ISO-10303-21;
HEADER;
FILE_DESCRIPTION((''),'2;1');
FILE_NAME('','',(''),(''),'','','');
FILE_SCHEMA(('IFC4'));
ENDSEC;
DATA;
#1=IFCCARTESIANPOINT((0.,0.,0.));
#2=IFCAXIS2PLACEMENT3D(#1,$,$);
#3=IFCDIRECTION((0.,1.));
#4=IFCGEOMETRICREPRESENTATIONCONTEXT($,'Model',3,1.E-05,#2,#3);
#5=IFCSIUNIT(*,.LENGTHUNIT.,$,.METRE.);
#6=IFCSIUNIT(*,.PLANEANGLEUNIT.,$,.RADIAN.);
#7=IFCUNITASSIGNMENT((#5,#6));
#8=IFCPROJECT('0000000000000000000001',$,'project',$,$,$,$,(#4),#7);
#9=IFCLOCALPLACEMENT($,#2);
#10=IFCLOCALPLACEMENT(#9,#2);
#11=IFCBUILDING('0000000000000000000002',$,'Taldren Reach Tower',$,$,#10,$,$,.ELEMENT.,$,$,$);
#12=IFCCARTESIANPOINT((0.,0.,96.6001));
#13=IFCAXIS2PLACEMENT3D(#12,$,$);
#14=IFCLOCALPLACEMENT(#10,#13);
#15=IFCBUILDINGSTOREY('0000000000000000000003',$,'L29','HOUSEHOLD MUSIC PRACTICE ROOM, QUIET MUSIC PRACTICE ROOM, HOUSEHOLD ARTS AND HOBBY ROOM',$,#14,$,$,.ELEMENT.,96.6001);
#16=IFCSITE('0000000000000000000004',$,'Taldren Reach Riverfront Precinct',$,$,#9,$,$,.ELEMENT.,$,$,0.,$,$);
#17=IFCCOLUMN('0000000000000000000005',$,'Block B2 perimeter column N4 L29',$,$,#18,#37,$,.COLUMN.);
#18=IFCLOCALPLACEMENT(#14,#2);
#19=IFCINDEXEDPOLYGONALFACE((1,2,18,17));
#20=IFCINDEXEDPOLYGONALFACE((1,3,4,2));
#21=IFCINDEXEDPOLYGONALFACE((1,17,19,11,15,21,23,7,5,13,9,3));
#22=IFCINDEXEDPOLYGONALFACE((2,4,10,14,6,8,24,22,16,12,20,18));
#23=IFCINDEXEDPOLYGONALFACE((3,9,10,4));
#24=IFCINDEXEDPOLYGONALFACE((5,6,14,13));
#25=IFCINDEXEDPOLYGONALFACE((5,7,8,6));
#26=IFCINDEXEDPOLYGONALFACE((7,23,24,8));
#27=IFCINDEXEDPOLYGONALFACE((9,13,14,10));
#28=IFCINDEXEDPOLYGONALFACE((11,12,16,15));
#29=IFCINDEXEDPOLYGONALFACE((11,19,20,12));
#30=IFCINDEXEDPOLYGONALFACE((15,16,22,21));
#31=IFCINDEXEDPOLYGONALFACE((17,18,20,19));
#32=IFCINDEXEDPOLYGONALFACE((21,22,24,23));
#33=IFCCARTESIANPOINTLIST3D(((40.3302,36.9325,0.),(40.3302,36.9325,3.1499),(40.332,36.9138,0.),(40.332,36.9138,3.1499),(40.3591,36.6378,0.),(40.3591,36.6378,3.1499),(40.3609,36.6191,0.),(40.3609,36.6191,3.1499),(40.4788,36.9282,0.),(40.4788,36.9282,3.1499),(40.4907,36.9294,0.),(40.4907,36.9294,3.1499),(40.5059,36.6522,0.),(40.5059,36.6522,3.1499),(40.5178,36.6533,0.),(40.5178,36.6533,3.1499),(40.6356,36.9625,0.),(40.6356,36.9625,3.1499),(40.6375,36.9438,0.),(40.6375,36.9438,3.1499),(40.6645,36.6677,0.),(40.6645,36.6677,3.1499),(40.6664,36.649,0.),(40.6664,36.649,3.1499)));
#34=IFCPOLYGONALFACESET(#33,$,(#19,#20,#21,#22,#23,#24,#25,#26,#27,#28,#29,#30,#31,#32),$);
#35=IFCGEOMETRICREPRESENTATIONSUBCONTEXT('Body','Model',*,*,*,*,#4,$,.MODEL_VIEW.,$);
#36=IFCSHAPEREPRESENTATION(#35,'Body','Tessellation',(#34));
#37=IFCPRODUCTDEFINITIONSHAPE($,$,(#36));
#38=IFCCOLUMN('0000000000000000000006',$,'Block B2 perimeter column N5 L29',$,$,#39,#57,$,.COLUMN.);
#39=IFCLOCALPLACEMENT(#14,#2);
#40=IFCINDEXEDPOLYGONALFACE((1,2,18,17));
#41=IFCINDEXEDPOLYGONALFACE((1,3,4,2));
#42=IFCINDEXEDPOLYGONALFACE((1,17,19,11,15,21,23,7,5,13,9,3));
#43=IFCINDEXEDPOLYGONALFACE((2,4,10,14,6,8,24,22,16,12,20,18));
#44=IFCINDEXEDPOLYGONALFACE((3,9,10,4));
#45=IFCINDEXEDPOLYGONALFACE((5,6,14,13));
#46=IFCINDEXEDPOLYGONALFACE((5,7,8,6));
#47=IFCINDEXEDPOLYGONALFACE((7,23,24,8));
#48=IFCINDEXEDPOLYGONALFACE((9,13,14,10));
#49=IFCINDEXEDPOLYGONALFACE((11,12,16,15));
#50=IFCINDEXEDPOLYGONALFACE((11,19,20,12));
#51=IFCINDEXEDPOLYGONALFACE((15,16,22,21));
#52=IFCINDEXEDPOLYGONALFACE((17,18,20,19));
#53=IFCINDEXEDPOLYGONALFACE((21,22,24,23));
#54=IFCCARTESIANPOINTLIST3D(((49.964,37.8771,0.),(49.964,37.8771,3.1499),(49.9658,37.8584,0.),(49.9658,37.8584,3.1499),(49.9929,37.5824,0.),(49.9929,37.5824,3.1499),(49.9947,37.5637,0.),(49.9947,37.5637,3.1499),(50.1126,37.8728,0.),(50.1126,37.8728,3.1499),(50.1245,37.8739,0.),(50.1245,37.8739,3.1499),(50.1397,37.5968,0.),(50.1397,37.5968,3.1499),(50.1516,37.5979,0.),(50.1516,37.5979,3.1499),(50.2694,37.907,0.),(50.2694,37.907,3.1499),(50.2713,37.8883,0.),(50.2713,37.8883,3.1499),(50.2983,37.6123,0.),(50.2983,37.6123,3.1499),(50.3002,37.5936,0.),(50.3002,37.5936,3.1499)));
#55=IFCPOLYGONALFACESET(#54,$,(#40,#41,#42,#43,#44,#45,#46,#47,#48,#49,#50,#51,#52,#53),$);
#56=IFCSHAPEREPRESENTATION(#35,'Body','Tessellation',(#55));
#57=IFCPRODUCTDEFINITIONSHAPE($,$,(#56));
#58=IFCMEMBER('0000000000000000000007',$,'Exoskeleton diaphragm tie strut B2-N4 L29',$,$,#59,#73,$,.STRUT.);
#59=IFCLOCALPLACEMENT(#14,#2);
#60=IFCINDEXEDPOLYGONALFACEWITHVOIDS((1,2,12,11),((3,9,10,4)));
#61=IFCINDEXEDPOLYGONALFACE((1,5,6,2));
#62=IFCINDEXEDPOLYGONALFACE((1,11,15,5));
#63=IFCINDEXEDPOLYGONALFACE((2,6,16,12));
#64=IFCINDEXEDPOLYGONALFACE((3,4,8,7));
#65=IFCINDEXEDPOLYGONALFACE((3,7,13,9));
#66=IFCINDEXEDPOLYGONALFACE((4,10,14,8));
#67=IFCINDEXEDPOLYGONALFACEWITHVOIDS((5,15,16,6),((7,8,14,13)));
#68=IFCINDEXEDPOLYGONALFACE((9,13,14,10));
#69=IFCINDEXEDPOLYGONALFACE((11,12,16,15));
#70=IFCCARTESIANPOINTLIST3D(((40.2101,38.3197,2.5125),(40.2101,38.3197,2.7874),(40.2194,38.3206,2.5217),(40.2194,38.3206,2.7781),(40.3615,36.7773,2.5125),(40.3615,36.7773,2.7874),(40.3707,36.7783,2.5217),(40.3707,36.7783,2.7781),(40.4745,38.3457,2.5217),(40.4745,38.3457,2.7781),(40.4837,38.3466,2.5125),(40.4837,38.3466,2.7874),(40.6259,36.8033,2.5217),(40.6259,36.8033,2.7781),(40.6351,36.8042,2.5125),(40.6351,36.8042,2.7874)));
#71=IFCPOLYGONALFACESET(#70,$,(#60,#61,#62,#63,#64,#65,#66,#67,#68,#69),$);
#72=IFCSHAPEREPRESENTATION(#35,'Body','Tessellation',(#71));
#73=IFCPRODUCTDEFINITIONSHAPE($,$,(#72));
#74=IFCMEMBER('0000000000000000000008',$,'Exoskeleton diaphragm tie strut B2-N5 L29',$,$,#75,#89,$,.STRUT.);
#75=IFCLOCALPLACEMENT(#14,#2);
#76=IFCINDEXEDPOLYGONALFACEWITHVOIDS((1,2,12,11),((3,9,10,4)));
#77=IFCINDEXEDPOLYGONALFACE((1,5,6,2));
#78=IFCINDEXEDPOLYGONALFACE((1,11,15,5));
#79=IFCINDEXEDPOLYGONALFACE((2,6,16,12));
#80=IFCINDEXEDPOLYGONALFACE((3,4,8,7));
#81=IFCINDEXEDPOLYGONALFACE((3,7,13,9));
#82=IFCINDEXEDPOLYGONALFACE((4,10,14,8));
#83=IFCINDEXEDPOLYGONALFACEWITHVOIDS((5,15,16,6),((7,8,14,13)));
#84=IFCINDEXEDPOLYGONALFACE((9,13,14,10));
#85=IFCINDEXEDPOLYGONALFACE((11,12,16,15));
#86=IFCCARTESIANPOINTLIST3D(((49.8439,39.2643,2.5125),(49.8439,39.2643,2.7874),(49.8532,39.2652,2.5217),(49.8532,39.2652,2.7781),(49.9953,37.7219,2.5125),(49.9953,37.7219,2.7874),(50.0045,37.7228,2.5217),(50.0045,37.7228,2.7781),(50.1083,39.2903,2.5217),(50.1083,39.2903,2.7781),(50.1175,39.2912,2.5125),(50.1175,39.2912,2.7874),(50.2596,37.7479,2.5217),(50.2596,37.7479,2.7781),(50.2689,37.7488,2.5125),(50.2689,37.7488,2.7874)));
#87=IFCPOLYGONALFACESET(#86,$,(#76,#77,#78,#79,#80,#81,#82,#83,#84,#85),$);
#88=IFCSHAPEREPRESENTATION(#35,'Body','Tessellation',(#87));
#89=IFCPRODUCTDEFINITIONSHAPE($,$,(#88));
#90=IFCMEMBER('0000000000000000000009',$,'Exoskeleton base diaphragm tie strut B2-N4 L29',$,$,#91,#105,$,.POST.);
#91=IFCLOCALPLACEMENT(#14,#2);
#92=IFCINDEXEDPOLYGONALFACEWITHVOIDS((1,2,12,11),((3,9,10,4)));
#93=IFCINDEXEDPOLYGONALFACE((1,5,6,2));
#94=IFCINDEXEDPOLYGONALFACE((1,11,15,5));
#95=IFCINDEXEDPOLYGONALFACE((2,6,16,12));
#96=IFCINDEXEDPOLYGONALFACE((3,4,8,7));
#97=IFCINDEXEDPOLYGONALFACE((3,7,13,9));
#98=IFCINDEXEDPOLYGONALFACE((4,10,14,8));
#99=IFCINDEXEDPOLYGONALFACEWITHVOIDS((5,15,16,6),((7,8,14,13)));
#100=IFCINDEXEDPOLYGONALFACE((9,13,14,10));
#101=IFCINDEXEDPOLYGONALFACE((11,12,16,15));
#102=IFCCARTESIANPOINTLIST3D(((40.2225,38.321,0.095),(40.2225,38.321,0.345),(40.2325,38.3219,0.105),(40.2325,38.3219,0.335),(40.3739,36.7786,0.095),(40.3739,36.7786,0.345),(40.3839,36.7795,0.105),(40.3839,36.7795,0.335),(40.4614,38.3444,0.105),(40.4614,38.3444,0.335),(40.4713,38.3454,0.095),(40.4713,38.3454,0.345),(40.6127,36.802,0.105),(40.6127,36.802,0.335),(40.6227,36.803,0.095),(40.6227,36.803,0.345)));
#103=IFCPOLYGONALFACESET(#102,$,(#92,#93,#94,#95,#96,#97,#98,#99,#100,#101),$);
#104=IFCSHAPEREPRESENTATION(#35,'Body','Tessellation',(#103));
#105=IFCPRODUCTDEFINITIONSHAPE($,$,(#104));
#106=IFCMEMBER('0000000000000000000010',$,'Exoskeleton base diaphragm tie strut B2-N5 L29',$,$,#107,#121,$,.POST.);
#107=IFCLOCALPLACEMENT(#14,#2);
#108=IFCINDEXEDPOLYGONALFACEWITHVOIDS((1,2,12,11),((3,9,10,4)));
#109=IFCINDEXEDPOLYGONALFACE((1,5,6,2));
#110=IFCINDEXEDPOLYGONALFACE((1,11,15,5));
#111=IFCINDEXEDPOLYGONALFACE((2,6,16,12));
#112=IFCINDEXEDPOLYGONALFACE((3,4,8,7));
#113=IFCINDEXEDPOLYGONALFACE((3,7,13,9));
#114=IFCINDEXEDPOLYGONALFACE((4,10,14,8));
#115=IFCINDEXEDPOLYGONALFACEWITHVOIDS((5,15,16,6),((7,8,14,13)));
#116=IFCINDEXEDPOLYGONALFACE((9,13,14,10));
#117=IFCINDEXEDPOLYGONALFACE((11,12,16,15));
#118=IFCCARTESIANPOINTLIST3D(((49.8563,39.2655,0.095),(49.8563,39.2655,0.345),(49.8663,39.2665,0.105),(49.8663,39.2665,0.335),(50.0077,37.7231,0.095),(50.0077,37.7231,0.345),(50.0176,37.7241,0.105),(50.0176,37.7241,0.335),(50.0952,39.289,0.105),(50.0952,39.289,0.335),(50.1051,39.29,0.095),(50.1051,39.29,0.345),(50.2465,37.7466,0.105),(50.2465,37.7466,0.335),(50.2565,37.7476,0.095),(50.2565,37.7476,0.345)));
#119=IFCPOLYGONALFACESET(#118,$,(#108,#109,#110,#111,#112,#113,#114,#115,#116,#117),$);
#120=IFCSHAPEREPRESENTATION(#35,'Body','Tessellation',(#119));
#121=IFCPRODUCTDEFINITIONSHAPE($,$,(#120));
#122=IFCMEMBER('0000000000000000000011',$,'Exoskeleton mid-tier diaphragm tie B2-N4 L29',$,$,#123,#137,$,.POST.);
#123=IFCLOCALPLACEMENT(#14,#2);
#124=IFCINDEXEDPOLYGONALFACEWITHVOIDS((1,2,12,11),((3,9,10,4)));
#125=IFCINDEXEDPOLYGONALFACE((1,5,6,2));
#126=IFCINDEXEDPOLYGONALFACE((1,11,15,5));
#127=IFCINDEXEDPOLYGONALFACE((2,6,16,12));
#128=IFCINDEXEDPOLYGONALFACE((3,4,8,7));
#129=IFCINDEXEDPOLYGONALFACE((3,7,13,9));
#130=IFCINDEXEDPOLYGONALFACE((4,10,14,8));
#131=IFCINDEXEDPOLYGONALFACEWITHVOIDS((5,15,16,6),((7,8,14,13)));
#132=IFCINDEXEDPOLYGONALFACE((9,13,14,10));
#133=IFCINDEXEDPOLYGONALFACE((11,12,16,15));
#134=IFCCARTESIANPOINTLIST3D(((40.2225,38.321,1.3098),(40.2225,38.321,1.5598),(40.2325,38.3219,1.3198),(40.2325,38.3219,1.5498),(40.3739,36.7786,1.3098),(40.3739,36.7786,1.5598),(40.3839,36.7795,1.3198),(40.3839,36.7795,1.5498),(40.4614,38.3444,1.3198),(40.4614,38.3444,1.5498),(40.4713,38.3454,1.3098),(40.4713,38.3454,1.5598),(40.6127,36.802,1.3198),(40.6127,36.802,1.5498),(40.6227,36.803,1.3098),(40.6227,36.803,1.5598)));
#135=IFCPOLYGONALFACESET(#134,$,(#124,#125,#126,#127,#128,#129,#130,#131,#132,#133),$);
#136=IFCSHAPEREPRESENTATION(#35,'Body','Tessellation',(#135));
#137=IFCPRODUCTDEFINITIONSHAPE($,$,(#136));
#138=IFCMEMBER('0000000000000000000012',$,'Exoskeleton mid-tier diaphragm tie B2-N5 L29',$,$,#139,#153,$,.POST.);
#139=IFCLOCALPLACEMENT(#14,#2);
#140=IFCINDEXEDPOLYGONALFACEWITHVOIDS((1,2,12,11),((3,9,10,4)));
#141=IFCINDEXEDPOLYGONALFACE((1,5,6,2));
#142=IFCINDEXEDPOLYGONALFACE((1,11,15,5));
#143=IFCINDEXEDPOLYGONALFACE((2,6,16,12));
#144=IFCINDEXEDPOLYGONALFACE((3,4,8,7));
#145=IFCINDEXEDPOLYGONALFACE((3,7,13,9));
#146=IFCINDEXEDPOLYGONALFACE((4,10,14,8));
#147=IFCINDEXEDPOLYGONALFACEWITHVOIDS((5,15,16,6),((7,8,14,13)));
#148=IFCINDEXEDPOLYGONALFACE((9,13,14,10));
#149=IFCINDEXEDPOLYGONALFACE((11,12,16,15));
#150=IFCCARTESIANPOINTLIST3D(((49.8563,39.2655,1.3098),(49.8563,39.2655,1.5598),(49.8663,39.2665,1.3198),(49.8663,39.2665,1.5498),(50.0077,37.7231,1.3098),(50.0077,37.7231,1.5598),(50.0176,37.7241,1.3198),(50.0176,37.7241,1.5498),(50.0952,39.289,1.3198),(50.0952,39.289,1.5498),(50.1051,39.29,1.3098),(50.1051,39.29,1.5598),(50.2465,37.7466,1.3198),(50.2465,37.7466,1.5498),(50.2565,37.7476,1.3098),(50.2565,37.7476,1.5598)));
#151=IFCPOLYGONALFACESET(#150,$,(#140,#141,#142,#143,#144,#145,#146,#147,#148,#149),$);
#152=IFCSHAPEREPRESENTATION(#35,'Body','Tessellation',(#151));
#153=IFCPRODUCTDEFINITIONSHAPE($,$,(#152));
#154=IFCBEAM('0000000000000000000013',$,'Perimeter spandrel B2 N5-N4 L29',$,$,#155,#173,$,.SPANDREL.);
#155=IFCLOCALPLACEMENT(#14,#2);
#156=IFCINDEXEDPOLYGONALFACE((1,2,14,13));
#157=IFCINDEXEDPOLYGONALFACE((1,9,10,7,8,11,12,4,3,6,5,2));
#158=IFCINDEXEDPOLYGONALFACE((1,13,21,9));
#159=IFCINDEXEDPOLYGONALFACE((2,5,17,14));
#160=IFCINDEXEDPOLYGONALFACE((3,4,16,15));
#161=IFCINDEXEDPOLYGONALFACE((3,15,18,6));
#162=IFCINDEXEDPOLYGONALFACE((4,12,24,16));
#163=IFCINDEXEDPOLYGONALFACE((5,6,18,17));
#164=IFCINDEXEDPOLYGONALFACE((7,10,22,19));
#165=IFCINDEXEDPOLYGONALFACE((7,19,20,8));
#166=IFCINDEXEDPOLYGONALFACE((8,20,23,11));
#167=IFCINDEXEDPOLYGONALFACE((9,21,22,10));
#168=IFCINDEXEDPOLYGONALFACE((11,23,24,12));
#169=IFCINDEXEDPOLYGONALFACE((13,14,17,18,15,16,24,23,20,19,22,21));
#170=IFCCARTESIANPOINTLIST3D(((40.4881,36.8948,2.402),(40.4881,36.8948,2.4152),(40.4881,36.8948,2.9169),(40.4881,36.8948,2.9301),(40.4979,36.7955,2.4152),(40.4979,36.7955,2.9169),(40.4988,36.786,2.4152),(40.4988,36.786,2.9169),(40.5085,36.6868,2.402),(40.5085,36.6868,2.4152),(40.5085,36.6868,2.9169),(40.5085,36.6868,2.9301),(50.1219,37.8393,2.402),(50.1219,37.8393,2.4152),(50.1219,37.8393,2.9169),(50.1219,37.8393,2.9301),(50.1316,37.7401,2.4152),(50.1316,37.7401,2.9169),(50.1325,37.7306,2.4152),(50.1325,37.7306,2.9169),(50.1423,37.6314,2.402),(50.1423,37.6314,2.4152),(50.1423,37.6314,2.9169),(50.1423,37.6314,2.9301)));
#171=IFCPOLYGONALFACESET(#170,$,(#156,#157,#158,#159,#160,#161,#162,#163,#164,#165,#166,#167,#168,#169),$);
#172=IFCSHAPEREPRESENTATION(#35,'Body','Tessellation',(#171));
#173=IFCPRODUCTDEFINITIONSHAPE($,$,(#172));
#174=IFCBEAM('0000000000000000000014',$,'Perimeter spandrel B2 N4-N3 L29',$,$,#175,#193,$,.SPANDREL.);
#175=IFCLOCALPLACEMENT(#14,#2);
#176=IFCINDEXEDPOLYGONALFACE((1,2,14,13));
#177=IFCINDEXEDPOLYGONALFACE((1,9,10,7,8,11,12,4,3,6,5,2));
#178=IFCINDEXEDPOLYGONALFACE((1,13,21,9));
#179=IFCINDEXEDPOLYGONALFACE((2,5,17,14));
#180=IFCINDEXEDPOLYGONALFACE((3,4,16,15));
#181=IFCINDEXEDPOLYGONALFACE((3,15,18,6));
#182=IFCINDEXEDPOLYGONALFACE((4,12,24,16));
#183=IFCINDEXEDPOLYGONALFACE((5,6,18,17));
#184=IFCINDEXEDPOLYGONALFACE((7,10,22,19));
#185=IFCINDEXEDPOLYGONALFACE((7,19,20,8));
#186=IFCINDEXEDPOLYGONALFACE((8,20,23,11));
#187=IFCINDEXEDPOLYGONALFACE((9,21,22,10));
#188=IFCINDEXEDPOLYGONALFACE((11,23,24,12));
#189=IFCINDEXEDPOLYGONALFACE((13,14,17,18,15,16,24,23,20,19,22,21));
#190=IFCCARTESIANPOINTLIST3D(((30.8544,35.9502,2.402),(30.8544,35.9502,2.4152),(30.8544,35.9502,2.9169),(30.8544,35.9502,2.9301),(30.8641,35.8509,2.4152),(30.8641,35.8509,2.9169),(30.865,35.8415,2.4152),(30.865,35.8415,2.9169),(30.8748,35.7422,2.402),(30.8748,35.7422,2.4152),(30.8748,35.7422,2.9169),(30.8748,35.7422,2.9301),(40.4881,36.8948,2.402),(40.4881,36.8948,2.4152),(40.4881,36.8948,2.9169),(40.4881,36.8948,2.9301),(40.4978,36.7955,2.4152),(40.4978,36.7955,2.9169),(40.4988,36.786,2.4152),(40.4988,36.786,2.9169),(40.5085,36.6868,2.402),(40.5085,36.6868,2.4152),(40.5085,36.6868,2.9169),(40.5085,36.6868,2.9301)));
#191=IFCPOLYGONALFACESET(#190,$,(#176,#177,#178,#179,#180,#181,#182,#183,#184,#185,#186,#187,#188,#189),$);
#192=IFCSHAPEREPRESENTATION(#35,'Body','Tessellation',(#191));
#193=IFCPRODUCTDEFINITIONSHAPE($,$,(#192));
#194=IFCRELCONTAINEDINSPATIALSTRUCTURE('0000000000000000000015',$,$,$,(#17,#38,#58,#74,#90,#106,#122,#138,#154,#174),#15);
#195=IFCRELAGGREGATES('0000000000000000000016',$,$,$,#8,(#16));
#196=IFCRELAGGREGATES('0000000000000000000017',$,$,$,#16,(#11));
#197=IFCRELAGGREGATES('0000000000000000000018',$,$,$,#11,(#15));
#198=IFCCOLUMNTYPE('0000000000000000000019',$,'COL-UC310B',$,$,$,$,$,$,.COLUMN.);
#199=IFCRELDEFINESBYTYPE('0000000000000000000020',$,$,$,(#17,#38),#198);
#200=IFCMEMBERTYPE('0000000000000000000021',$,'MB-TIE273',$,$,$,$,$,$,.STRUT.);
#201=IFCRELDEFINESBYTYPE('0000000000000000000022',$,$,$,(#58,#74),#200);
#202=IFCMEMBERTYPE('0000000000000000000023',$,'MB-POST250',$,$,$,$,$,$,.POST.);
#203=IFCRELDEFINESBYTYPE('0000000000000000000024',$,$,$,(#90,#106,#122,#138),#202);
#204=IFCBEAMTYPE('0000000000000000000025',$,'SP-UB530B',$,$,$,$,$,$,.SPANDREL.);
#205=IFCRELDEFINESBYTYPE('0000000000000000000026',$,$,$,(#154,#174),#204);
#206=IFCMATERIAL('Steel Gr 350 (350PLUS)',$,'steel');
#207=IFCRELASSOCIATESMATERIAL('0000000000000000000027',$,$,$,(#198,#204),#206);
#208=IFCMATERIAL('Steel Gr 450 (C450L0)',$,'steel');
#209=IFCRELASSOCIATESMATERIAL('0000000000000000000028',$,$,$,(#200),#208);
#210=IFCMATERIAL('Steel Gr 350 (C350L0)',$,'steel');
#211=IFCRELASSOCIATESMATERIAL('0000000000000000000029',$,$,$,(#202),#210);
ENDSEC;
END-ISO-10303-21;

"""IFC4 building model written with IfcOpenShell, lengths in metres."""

from ifc_helpers import new_model, si_unit, direction, frame, origin, origin_2d, place, context, subcontext, project, spatial, hollow_rectangle, i_section, extrude, source, transform, mapped, material, material_profile, profile_set, type_object, element, save


model = new_model("IFC4")

# Units and contexts
model_context = context("Model", 3, precision=1e-05, world=origin(), true_north=direction((0.0, 1.0)))
body_context = subcontext(model_context, "Body", "Model", "MODEL_VIEW")
ifc_project = project(units=[si_unit("LENGTHUNIT", "METRE"), si_unit("PLANEANGLEUNIT", "RADIAN")], contexts=[model_context])

# Site, building, storey
site_placement = place(None, origin())
site = spatial("IfcSite", under=ifc_project, at=site_placement, Name="Taldren Reach Riverfront Precinct", CompositionType="ELEMENT", RefElevation=0.0)
building_placement = place(site_placement, origin())
building = spatial("IfcBuilding", under=site, at=building_placement, Name="Taldren Reach Tower", CompositionType="ELEMENT")
storey_placement = place(building_placement, frame((0.0, 0.0, 96.6001)))
storey = spatial("IfcBuildingStorey", under=building, at=storey_placement, Name="L29", Description="HOUSEHOLD MUSIC PRACTICE ROOM, QUIET MUSIC PRACTICE ROOM, HOUSEHOLD ARTS AND HOBBY ROOM", CompositionType="ELEMENT", Elevation=96.6001)

# Columns
ifc_material_1 = material(Name="Steel Gr 350 (350PLUS)", Category="steel")
ifc_material_profile_1 = material_profile(ifc_material_1, i_section(OverallWidth=0.3069, OverallDepth=0.3149, WebThickness=0.012, FlangeThickness=0.0188, at=origin_2d()), Name="310UC118")
ifc_profile_set_1 = profile_set([ifc_material_profile_1], Name="Steel Gr 350 (350PLUS)")
column_type = type_object("IfcColumnType", Name="COL-UC310B", PredefinedType="COLUMN", material=ifc_profile_set_1)
shared_shape_1 = source(origin(), body_context, "Body", "SweptSolid", [
    extrude(i_section(OverallWidth=0.3069, OverallDepth=0.3149, WebThickness=0.012, FlangeThickness=0.0188, at=origin_2d()), origin(), (0.0, 0.0, 1.0), 3.1499),
])
for number, where, z_axis, x_axis, name in (
    (1, (40.4983, 36.7908, 0.0), (0.0, 0.0, 1.0), (0.995227, 0.097583, 0.0), "Block B2 perimeter column N4 L29"),
    (2, (50.1321, 37.7354, 0.0), (0.0, 0.0, 1.0), (0.995227, 0.097583, 0.0), "Block B2 perimeter column N5 L29"),
):
    element("IfcColumn", number, at=place(storey_placement, frame(where, z_axis=z_axis, x_axis=x_axis)), inside=storey, type_object=column_type, Name=name, PredefinedType="COLUMN", context=body_context, shape_type="MappedRepresentation", body=[
        mapped(shared_shape_1, transform((0.0, 0.0, 0.0), scale=1.0)),
    ])

# Members
ifc_material_2 = material(Name="Steel Gr 450 (C450L0)", Category="steel")
ifc_material_profile_2 = material_profile(ifc_material_2, hollow_rectangle(XDim=0.2749, YDim=0.2749, WallThickness=0.0093, at=origin_2d()), Name="275x275x9.3SHS")
ifc_profile_set_2 = profile_set([ifc_material_profile_2], Name="Steel Gr 450 (C450L0)")
member_type_1 = type_object("IfcMemberType", Name="MB-TIE273", PredefinedType="STRUT", material=ifc_profile_set_2)
shared_shape_2 = source(origin(), body_context, "Body", "SweptSolid", [
    extrude(hollow_rectangle(XDim=0.2749, YDim=0.2749, WallThickness=0.0093, at=origin_2d()), origin(), (0.0, 0.0, 1.0), 1.5498),
])
for number, where, z_axis, x_axis, name in (
    (3, (40.4983, 36.7908, 2.6499), (-0.097663, 0.99522, 0.0), (-0.99522, -0.097663, 0.0), "Exoskeleton diaphragm tie strut B2-N4 L29"),
    (4, (50.1321, 37.7354, 2.6499), (-0.097663, 0.99522, 0.0), (-0.99522, -0.097663, 0.0), "Exoskeleton diaphragm tie strut B2-N5 L29"),
):
    element("IfcMember", number, at=place(storey_placement, frame(where, z_axis=z_axis, x_axis=x_axis)), inside=storey, type_object=member_type_1, Name=name, PredefinedType="STRUT", context=body_context, shape_type="MappedRepresentation", body=[
        mapped(shared_shape_2, transform((0.0, 0.0, 0.0), scale=1.0)),
    ])
ifc_material_3 = material(Name="Steel Gr 350 (C350L0)", Category="steel")
ifc_material_profile_3 = material_profile(ifc_material_3, hollow_rectangle(XDim=0.25, YDim=0.25, WallThickness=0.01, at=origin_2d()), Name="250x250x10.0SHS")
ifc_profile_set_3 = profile_set([ifc_material_profile_3], Name="Steel Gr 350 (C350L0)")
member_type_2 = type_object("IfcMemberType", Name="MB-POST250", PredefinedType="POST", material=ifc_profile_set_3)
shared_shape_3 = source(origin(), body_context, "Body", "SweptSolid", [
    extrude(hollow_rectangle(XDim=0.25, YDim=0.25, WallThickness=0.01, at=origin_2d()), origin(), (0.0, 0.0, 1.0), 1.5498),
])
for number, where, z_axis, x_axis, name in (
    (5, (40.4983, 36.7908, 0.22), (-0.097663, 0.99522, 0.0), (-0.99522, -0.097663, 0.0), "Exoskeleton base diaphragm tie strut B2-N4 L29"),
    (6, (50.1321, 37.7354, 0.22), (-0.097663, 0.99522, 0.0), (-0.99522, -0.097663, 0.0), "Exoskeleton base diaphragm tie strut B2-N5 L29"),
    (7, (40.4983, 36.7908, 1.4348), (-0.097663, 0.99522, 0.0), (-0.99522, -0.097663, 0.0), "Exoskeleton mid-tier diaphragm tie B2-N4 L29"),
    (8, (50.1321, 37.7354, 1.4348), (-0.097663, 0.99522, 0.0), (-0.99522, -0.097663, 0.0), "Exoskeleton mid-tier diaphragm tie B2-N5 L29"),
):
    element("IfcMember", number, at=place(storey_placement, frame(where, z_axis=z_axis, x_axis=x_axis)), inside=storey, type_object=member_type_2, Name=name, PredefinedType="POST", context=body_context, shape_type="MappedRepresentation", body=[
        mapped(shared_shape_3, transform((0.0, 0.0, 0.0), scale=1.0)),
    ])

# Beams
ifc_material_profile_4 = material_profile(ifc_material_1, i_section(OverallWidth=0.209, OverallDepth=0.5281, WebThickness=0.0095, FlangeThickness=0.0132, at=origin_2d()), Name="530UB82.0")
ifc_profile_set_4 = profile_set([ifc_material_profile_4], Name="Steel Gr 350 (350PLUS)")
beam_type = type_object("IfcBeamType", Name="SP-UB530B", PredefinedType="SPANDREL", material=ifc_profile_set_4)
shared_shape_4 = source(origin(), body_context, "Body", "SweptSolid", [
    extrude(i_section(OverallWidth=0.209, OverallDepth=0.5281, WebThickness=0.0095, FlangeThickness=0.0132, at=origin_2d()), origin(), (0.0, 0.0, 1.0), 9.6799),
])
for number, where, z_axis, x_axis, name in (
    (9, (50.1321, 37.7354, 2.666), (-0.995228, -0.097581, 0.0), (0.097581, -0.995228, 0.0), "Perimeter spandrel B2 N5-N4 L29"),
    (10, (40.4983, 36.7908, 2.666), (-0.995228, -0.097581, 0.0), (0.097581, -0.995228, 0.0), "Perimeter spandrel B2 N4-N3 L29"),
):
    element("IfcBeam", number, at=place(storey_placement, frame(where, z_axis=z_axis, x_axis=x_axis)), inside=storey, type_object=beam_type, Name=name, PredefinedType="SPANDREL", context=body_context, shape_type="MappedRepresentation", body=[
        mapped(shared_shape_4, transform((0.0, 0.0, 0.0), scale=1.0)),
    ])

save(model, "model.ifc")
